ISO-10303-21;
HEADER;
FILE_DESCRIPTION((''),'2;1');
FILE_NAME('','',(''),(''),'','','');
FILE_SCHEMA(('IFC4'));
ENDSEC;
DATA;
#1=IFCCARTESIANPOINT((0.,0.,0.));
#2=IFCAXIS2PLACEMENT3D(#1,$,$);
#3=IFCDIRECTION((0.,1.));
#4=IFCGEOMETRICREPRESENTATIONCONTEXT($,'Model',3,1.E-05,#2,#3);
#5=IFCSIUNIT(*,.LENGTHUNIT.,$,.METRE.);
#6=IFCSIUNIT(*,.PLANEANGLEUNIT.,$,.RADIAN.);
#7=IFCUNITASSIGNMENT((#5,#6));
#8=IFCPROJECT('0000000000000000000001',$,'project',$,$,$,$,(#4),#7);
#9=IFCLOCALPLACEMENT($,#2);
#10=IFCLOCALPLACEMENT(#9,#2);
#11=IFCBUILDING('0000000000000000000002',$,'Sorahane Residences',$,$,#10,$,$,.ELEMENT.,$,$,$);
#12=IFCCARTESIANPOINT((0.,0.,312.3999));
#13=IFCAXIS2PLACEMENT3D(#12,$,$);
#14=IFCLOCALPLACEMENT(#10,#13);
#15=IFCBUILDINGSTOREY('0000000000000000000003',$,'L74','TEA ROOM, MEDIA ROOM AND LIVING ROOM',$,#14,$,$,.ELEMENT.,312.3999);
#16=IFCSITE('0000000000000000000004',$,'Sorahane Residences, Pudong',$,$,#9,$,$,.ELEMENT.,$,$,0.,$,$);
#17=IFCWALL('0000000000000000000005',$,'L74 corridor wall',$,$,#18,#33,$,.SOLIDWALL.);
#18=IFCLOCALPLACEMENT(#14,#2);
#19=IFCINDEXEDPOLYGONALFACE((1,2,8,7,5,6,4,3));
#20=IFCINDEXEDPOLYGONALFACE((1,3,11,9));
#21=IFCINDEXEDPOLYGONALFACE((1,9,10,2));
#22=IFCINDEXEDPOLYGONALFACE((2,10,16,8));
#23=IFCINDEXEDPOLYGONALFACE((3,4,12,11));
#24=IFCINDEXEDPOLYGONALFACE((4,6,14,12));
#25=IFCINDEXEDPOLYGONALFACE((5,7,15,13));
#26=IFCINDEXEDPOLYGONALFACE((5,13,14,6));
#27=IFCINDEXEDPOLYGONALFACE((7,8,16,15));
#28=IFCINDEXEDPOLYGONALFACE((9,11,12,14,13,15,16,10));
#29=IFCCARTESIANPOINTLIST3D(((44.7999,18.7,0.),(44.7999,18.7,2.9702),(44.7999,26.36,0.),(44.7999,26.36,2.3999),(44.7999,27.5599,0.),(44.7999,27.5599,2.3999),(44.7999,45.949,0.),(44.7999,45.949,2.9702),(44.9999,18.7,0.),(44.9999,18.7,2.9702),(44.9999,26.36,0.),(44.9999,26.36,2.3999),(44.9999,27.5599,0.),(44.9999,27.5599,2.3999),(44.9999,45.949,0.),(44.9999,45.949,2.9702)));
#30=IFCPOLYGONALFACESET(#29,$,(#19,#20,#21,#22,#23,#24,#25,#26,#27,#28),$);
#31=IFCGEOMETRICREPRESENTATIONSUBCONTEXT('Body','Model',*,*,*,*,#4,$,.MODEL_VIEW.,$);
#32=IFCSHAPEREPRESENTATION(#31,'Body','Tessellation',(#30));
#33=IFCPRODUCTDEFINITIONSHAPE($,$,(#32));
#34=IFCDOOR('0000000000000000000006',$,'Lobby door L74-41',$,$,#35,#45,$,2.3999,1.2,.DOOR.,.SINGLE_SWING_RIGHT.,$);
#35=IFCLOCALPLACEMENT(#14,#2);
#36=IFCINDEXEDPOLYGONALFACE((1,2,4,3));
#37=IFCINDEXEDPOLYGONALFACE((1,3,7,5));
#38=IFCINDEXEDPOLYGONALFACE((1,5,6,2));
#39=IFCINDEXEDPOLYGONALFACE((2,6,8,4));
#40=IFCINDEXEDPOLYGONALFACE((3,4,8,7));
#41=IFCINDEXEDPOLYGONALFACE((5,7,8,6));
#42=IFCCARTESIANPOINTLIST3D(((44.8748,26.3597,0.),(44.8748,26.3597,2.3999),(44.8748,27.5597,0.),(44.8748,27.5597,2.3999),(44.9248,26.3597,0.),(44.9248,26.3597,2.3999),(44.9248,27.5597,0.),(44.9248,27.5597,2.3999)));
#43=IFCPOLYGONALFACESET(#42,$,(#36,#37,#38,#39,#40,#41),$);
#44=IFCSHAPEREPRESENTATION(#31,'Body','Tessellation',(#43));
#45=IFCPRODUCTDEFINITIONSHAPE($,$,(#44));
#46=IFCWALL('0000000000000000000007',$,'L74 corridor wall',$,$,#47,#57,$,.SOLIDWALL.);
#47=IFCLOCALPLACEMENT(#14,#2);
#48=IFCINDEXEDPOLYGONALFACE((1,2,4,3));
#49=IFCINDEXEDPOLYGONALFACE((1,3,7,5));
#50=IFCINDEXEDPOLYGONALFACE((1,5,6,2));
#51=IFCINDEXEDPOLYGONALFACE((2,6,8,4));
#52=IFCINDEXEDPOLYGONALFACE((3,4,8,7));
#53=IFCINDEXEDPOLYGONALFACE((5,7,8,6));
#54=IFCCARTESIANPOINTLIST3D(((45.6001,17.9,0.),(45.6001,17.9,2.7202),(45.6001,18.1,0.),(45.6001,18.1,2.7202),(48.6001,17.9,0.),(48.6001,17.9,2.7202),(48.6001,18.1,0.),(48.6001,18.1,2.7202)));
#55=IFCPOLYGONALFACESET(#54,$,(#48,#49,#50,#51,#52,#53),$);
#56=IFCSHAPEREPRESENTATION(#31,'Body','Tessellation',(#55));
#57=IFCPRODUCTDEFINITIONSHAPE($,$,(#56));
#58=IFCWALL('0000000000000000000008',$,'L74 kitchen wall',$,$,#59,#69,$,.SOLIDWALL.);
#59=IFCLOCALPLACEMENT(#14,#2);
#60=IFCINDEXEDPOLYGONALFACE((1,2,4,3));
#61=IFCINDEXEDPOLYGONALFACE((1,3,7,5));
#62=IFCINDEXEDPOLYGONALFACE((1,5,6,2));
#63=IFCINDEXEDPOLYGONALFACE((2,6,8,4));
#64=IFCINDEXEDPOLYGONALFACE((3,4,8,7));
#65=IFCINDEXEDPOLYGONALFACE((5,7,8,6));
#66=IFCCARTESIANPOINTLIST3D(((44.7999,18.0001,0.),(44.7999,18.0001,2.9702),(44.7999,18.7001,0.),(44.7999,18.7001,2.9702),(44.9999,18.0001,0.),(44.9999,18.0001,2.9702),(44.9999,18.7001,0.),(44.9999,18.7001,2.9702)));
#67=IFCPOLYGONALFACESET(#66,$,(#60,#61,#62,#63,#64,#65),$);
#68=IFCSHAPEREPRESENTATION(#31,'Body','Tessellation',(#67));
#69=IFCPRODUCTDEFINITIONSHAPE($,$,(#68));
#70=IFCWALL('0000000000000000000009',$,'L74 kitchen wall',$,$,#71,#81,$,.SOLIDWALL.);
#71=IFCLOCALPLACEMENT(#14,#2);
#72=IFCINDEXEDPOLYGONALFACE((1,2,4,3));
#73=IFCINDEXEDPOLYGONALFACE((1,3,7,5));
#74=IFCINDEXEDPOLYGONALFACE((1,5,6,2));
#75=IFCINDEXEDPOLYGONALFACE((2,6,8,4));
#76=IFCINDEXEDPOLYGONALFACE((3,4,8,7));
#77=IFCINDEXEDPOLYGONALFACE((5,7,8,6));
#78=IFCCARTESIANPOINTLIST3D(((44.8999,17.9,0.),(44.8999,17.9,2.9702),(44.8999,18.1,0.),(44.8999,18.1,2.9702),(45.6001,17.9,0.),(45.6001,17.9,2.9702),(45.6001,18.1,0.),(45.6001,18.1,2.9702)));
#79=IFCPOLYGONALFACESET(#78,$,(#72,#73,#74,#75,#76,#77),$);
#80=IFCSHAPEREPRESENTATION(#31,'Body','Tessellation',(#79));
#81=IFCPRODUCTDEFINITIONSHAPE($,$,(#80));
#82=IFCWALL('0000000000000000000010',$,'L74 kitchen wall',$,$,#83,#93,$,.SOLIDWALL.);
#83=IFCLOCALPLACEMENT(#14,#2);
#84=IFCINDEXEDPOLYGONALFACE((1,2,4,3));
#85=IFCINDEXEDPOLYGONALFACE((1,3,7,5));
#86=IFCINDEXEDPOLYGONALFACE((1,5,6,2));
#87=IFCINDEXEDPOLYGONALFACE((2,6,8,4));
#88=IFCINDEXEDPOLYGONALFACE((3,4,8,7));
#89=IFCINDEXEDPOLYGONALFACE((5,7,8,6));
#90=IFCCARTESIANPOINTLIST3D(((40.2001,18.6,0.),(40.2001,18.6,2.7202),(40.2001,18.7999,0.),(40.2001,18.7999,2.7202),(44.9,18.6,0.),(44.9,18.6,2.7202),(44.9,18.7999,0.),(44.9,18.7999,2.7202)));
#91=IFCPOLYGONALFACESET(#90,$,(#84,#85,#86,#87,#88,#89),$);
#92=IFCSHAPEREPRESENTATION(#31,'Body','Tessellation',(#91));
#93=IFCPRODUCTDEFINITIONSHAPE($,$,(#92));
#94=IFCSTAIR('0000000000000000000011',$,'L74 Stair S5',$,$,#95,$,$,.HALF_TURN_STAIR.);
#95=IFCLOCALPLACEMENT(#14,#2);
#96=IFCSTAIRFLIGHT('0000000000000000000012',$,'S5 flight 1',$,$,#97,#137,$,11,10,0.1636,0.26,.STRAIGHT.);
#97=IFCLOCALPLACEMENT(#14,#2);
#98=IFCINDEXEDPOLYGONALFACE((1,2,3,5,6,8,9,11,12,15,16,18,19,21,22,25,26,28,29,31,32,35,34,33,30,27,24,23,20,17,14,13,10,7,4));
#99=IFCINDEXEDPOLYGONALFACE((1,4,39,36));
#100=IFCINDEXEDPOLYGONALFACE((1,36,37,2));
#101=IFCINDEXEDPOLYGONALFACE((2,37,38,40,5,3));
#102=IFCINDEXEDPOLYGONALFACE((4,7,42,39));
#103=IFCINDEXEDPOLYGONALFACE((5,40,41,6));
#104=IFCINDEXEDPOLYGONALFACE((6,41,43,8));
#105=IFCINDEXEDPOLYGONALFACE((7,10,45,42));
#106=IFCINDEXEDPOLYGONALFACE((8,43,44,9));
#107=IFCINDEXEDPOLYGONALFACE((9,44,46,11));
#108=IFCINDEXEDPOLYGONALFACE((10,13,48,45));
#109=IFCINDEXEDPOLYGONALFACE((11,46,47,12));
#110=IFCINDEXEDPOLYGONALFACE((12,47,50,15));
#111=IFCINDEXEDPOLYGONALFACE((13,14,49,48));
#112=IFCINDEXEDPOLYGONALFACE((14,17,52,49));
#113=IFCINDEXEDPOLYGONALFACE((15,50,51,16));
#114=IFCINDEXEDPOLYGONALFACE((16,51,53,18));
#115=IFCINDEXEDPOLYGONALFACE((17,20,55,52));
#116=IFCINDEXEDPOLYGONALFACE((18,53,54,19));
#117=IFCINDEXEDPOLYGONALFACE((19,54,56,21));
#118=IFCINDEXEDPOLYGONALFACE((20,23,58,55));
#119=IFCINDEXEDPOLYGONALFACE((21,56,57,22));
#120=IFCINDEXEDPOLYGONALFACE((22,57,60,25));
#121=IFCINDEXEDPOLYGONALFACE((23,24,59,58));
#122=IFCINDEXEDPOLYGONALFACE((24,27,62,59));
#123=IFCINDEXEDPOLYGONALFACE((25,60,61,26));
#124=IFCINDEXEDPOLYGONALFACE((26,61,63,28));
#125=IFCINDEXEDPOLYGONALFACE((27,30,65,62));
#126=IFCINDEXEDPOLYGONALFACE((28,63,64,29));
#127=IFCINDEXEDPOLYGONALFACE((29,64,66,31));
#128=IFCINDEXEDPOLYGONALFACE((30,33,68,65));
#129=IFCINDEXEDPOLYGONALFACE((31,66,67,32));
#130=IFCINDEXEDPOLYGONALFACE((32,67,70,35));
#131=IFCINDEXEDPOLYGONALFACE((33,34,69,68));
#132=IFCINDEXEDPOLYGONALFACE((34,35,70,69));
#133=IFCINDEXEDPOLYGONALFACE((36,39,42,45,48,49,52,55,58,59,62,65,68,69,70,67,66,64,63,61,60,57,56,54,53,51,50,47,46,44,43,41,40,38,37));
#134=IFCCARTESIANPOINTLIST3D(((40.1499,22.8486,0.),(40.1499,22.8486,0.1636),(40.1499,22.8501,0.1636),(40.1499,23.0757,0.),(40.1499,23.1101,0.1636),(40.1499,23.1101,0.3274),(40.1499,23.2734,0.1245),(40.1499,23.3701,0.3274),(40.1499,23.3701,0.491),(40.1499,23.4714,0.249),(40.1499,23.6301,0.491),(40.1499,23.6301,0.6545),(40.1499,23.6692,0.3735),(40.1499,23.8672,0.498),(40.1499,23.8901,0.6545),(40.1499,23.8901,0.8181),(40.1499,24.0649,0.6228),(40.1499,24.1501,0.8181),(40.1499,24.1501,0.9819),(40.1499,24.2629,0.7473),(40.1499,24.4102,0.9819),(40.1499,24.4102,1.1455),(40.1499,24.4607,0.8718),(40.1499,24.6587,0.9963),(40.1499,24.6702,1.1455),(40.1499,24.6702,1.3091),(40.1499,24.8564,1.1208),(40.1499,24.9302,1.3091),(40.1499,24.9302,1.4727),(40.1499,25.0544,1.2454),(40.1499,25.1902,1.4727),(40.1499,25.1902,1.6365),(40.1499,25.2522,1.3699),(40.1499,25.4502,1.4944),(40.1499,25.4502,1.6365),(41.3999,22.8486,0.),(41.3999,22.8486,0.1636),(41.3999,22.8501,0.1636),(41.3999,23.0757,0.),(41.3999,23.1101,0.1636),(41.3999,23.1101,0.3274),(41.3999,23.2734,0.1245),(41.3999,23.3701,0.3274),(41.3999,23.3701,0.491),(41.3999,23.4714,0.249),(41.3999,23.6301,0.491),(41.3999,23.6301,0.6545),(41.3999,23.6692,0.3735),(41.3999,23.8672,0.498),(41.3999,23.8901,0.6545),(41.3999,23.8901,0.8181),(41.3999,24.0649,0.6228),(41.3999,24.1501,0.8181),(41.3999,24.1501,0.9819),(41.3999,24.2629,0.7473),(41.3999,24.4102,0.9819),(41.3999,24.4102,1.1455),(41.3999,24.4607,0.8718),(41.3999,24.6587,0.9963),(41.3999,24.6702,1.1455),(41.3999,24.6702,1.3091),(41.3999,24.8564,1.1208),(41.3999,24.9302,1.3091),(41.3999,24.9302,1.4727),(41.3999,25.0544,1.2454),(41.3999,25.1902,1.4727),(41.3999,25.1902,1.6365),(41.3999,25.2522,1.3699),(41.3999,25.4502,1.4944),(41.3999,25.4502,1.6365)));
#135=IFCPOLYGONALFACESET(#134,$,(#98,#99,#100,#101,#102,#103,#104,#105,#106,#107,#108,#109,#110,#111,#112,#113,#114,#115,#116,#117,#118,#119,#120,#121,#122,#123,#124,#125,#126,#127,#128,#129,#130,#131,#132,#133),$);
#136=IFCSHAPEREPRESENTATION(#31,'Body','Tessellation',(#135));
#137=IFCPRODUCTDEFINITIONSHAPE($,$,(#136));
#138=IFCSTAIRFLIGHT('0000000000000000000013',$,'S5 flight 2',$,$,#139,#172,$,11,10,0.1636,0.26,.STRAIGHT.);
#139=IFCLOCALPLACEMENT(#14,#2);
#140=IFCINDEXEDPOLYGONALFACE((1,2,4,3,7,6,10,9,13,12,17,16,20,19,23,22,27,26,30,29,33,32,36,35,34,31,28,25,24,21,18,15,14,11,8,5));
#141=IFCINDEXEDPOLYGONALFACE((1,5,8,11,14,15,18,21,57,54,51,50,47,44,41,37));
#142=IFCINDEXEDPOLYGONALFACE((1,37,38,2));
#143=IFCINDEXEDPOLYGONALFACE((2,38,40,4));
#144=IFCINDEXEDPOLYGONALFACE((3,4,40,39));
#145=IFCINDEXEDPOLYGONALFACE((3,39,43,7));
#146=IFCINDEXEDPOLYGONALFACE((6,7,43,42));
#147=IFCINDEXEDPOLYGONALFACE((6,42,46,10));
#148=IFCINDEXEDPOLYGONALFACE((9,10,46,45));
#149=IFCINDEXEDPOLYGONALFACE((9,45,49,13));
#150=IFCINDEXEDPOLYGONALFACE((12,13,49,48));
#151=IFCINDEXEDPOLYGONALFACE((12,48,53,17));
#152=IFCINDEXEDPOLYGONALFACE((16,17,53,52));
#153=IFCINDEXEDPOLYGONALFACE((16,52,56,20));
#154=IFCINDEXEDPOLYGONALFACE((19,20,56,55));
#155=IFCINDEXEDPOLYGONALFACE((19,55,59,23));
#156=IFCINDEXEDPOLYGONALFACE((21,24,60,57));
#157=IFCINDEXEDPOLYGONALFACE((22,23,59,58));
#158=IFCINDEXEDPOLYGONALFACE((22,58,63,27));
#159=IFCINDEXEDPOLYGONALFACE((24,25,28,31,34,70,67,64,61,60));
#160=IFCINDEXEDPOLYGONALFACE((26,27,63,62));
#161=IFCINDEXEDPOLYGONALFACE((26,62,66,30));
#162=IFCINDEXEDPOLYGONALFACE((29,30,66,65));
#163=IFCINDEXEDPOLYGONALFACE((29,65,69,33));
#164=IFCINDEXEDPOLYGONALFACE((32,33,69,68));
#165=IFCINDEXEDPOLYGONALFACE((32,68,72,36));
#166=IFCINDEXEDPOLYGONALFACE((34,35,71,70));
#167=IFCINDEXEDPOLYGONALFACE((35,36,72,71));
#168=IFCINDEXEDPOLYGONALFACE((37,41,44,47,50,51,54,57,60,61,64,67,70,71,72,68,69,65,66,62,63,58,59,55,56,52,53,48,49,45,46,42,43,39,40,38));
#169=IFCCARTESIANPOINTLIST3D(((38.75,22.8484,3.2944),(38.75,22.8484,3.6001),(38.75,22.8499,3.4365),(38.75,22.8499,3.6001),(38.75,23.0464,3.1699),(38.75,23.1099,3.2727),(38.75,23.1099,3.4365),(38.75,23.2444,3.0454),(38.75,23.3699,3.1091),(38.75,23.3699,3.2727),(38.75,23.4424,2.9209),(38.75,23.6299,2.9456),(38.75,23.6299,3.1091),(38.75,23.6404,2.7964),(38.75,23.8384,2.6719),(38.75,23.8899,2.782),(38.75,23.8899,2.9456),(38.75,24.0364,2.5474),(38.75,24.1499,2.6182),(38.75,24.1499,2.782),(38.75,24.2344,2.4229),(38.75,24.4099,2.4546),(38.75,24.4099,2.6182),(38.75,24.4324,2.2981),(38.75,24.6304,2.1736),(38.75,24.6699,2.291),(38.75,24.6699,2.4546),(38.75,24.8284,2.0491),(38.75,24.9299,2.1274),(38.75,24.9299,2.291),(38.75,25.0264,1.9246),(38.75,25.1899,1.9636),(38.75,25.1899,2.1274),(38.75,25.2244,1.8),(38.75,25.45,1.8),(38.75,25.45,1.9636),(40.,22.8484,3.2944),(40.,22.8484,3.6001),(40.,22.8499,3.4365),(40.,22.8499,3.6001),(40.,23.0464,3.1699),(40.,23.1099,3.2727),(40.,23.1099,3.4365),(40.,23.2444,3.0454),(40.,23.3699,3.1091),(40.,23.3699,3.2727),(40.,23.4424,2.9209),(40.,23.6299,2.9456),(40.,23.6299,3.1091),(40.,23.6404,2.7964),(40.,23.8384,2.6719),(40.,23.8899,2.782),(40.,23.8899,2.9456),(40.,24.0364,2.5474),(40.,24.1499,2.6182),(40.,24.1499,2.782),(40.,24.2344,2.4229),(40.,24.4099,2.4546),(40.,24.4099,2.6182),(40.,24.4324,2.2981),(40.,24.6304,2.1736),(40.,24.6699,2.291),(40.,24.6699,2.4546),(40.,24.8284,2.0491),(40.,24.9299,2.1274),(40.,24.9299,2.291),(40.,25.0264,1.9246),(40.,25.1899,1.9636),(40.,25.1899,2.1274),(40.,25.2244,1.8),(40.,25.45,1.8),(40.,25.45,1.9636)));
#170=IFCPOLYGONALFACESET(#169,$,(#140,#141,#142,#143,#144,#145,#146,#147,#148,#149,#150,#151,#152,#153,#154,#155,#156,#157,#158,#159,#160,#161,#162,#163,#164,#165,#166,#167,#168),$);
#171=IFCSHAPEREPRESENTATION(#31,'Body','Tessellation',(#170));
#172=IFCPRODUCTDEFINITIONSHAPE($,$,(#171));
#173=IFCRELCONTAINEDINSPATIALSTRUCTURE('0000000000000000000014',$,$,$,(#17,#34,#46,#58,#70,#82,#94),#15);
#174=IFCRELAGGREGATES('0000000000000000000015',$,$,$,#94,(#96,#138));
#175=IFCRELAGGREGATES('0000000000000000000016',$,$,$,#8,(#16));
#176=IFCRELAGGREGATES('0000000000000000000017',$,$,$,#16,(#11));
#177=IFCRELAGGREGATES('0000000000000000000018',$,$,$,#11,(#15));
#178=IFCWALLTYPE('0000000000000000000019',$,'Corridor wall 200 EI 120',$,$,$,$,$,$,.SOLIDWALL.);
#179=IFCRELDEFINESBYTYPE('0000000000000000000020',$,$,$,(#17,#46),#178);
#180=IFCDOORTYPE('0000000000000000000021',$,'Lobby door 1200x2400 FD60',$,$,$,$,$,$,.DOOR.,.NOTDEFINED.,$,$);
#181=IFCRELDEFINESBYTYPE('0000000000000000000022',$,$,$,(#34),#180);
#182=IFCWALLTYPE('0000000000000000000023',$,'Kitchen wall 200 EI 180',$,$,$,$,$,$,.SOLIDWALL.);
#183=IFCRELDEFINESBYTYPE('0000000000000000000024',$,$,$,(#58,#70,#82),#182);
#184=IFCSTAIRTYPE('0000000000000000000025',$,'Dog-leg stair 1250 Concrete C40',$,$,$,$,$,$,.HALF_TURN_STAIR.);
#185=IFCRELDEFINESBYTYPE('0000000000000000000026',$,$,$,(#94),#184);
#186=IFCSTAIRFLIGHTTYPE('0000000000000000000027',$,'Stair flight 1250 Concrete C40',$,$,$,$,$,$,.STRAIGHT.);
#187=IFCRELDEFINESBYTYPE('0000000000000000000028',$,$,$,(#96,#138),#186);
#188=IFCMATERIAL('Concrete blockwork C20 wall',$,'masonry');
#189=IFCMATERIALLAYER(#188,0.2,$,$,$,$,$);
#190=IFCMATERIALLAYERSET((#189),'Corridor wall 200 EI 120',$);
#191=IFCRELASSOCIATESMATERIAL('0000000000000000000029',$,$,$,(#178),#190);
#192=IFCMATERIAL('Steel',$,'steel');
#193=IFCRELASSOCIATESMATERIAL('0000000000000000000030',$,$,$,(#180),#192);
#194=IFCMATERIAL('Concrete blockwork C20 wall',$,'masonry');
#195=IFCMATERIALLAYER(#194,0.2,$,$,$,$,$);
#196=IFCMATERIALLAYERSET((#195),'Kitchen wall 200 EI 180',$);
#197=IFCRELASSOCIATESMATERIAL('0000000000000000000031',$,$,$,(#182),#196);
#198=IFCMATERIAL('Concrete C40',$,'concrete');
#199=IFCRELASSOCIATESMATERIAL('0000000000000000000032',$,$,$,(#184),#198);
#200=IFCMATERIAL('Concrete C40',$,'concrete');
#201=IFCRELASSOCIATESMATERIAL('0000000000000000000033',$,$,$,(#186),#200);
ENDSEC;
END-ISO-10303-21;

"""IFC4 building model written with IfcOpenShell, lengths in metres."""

from ifc_helpers import new_model, si_unit, direction, frame, frame_2d, origin, place, context, subcontext, project, spatial, polyline, rectangle, outline, extrude, material, layer, layer_set, type_object, element, fill, aggregate, save


model = new_model("IFC4")

# Units and contexts
model_context = context("Model", 3, precision=1e-05, world=origin(), true_north=direction((0.0, 1.0)))
body_context = subcontext(model_context, "Body", "Model", "MODEL_VIEW")
ifc_project = project(units=[si_unit("LENGTHUNIT", "METRE"), si_unit("PLANEANGLEUNIT", "RADIAN")], contexts=[model_context])

# Site, building, storey
site_placement = place(None, origin())
site = spatial("IfcSite", under=ifc_project, at=site_placement, Name="Sorahane Residences, Pudong", CompositionType="ELEMENT", RefElevation=0.0)
building_placement = place(site_placement, origin())
building = spatial("IfcBuilding", under=site, at=building_placement, Name="Sorahane Residences", CompositionType="ELEMENT")
storey_placement = place(building_placement, frame((0.0, 0.0, 312.3999)))
storey = spatial("IfcBuildingStorey", under=building, at=storey_placement, Name="L74", Description="TEA ROOM, MEDIA ROOM AND LIVING ROOM", CompositionType="ELEMENT", Elevation=312.3999)

# Wall, opening, door
ifc_material_1 = material(Name="Concrete blockwork C20 wall", Category="masonry")
ifc_layer_1 = layer(ifc_material_1, 0.2)
ifc_layer_set_1 = layer_set([ifc_layer_1], Name="Corridor wall 200 EI 120")
wall_type_1 = type_object("IfcWallType", Name="Corridor wall 200 EI 120", PredefinedType="SOLIDWALL", material=ifc_layer_set_1)
wall_1_placement = place(storey_placement, frame((44.8999, 18.7, 0.0), z_axis=(0.0, 0.0, 1.0), x_axis=(0.0, 1.0, 0.0)))
wall_1 = element("IfcWall", 1, at=wall_1_placement, inside=storey, type_object=wall_type_1, Name="L74 corridor wall", PredefinedType="SOLIDWALL", context=body_context, shape_type="SweptSolid", body=[
    extrude(rectangle(XDim=27.249, YDim=0.2, at=frame_2d((13.6245, 0.0))), origin(), (0.0, 0.0, 1.0), 2.9702),
])
opening_placement = place(wall_1_placement, frame((7.6599, 0.0, 0.0)))
opening = element("IfcOpeningElement", 2, at=opening_placement, cuts=wall_1, PredefinedType="OPENING", context=body_context, shape_type="SweptSolid", body=[
    extrude(rectangle(XDim=1.2, YDim=2.3999, at=frame_2d((0.6001, 1.2))), frame((0.0, 0.1099, 0.0), z_axis=(0.0, -1.0, 0.0), x_axis=(1.0, 0.0, 0.0)), (0.0, 0.0, 1.0), 0.22),
])
ifc_material_2 = material(Name="Steel", Category="steel")
door_type = type_object("IfcDoorType", Name="Lobby door 1200x2400 FD60", OperationType="NOTDEFINED", PredefinedType="DOOR", material=ifc_material_2)
door_placement = place(opening_placement, frame((1.2, 0.0, 0.0), z_axis=(0.0, 0.0, 1.0), x_axis=(-1.0, 0.0, 0.0)))
door = element("IfcDoor", 3, at=door_placement, inside=storey, type_object=door_type, Name="Lobby door L74-41", OperationType="SINGLE_SWING_RIGHT", OverallHeight=2.3999, OverallWidth=1.2, PredefinedType="DOOR", context=body_context, shape_type="SweptSolid", body=[
    extrude(rectangle(XDim=1.2, YDim=2.3999, at=frame_2d((0.6001, 1.2))), frame((0.0, 0.0249, 0.0), z_axis=(0.0, -1.0, 0.0), x_axis=(1.0, 0.0, 0.0)), (0.0, 0.0, 1.0), 0.05),
])
fill(opening, door)

# Walls
wall_2_placement = place(storey_placement, frame((45.6001, 18.0, 0.0), z_axis=(0.0, 0.0, 1.0), x_axis=(1.0, 0.0, 0.0)))
element("IfcWall", 4, at=wall_2_placement, inside=storey, type_object=wall_type_1, Name="L74 corridor wall", PredefinedType="SOLIDWALL", context=body_context, shape_type="SweptSolid", body=[
    extrude(rectangle(XDim=3.0, YDim=0.2, at=frame_2d((1.5, 0.0))), origin(), (0.0, 0.0, 1.0), 2.7202),
])
ifc_material_3 = material(Name="Concrete blockwork C20 wall", Category="masonry")
ifc_layer_2 = layer(ifc_material_3, 0.2)
ifc_layer_set_2 = layer_set([ifc_layer_2], Name="Kitchen wall 200 EI 180")
wall_type_2 = type_object("IfcWallType", Name="Kitchen wall 200 EI 180", PredefinedType="SOLIDWALL", material=ifc_layer_set_2)
wall_3_placement = place(storey_placement, frame((44.8999, 18.0, 0.0), z_axis=(0.0, 0.0, 1.0), x_axis=(0.0, 1.0, 0.0)))
element("IfcWall", 5, at=wall_3_placement, inside=storey, type_object=wall_type_2, Name="L74 kitchen wall", PredefinedType="SOLIDWALL", context=body_context, shape_type="SweptSolid", body=[
    extrude(rectangle(XDim=0.7, YDim=0.2, at=frame_2d((0.3501, 0.0))), origin(), (0.0, 0.0, 1.0), 2.9702),
])
wall_4_placement = place(storey_placement, frame((44.8999, 18.0, 0.0), z_axis=(0.0, 0.0, 1.0), x_axis=(1.0, 0.0, 0.0)))
element("IfcWall", 6, at=wall_4_placement, inside=storey, type_object=wall_type_2, Name="L74 kitchen wall", PredefinedType="SOLIDWALL", context=body_context, shape_type="SweptSolid", body=[
    extrude(rectangle(XDim=0.7002, YDim=0.2, at=frame_2d((0.3501, 0.0))), origin(), (0.0, 0.0, 1.0), 2.9702),
])
wall_5_placement = place(storey_placement, frame((40.2, 18.7, 0.0), z_axis=(0.0, 0.0, 1.0), x_axis=(1.0, 0.0, 0.0)))
element("IfcWall", 7, at=wall_5_placement, inside=storey, type_object=wall_type_2, Name="L74 kitchen wall", PredefinedType="SOLIDWALL", context=body_context, shape_type="SweptSolid", body=[
    extrude(rectangle(XDim=4.7, YDim=0.2, at=frame_2d((2.3501, 0.0))), origin(), (0.0, 0.0, 1.0), 2.7202),
])

# Stair, stair flights
ifc_material_4 = material(Name="Concrete C40", Category="concrete")
stair_type = type_object("IfcStairType", Name="Dog-leg stair 1250 Concrete C40", PredefinedType="HALF_TURN_STAIR", material=ifc_material_4)
stair_placement = place(storey_placement, origin())
stair = element("IfcStair", 8, at=stair_placement, inside=storey, type_object=stair_type, Name="L74 Stair S5", PredefinedType="HALF_TURN_STAIR")
ifc_material_5 = material(Name="Concrete C40", Category="concrete")
stair_flight_type = type_object("IfcStairFlightType", Name="Stair flight 1250 Concrete C40", PredefinedType="STRAIGHT", material=ifc_material_5)
stair_flight_1_placement = place(storey_placement, frame((40.7749, 22.8501, 0.0), z_axis=(0.0, 0.0, 1.0), x_axis=(0.0, 1.0, 0.0)))
stair_flight_1 = element("IfcStairFlight", 9, at=stair_flight_1_placement, type_object=stair_flight_type, Name="S5 flight 1", NumberOfRisers=11, NumberOfTreads=10, PredefinedType="STRAIGHT", RiserHeight=0.1636, TreadLength=0.26, context=body_context, shape_type="SweptSolid", body=[
    extrude(outline(polyline([(-0.0015, 0.0), (-0.0015, 0.1636), (0.0, 0.1636), (0.26, 0.1636), (0.26, 0.3274), (0.52, 0.3274), (0.52, 0.491), (0.78, 0.491), (0.78, 0.6545), (1.04, 0.6545), (1.04, 0.8181), (1.3, 0.8181), (1.3, 0.9819), (1.5601, 0.9819), (1.5601, 1.1455), (1.8201, 1.1455), (1.8201, 1.3091), (2.0801, 1.3091), (2.0801, 1.4727), (2.3401, 1.4727), (2.3401, 1.6365), (2.6001, 1.6365), (2.6001, 1.8), (2.6001, 1.4944), (2.4021, 1.3699), (2.2043, 1.2454), (2.0063, 1.1208), (1.8086, 0.9963), (1.6106, 0.8718), (1.4128, 0.7473), (1.2148, 0.6228), (1.0171, 0.498), (0.8191, 0.3735), (0.6213, 0.249), (0.4233, 0.1245), (0.2256, 0.0), (-0.0015, 0.0)])), frame((0.0, 0.625, 0.0), z_axis=(0.0, -1.0, 0.0), x_axis=(1.0, 0.0, 0.0)), (0.0, 0.0, 1.0), 1.25),
])
stair_flight_2_placement = place(storey_placement, frame((39.375, 25.45, 1.8), z_axis=(0.0, 0.0, 1.0), x_axis=(0.0, -1.0, 0.0)))
stair_flight_2 = element("IfcStairFlight", 10, at=stair_flight_2_placement, type_object=stair_flight_type, Name="S5 flight 2", NumberOfRisers=11, NumberOfTreads=10, PredefinedType="STRAIGHT", RiserHeight=0.1636, TreadLength=0.26, context=body_context, shape_type="SweptSolid", body=[
    extrude(outline(polyline([(0.0, 0.0), (0.0, 0.1636), (0.26, 0.1636), (0.26, 0.3274), (0.52, 0.3274), (0.52, 0.491), (0.78, 0.491), (0.78, 0.6545), (1.04, 0.6545), (1.04, 0.8181), (1.3, 0.8181), (1.3, 0.9819), (1.5601, 0.9819), (1.5601, 1.1455), (1.8201, 1.1455), (1.8201, 1.3091), (2.0801, 1.3091), (2.0801, 1.4727), (2.3401, 1.4727), (2.3401, 1.6365), (2.6001, 1.6365), (2.6001, 1.8), (2.6016, 1.8), (2.6016, 1.4944), (2.4036, 1.3699), (2.2056, 1.2454), (2.0076, 1.1208), (1.8096, 0.9963), (1.6116, 0.8718), (1.4136, 0.7473), (1.2156, 0.6228), (1.0176, 0.498), (0.8196, 0.3735), (0.6216, 0.249), (0.4236, 0.1245), (0.2256, 0.0), (0.0, 0.0)])), frame((0.0, 0.625, 0.0), z_axis=(0.0, -1.0, 0.0), x_axis=(1.0, 0.0, 0.0)), (0.0, 0.0, 1.0), 1.25),
])
aggregate(stair, [stair_flight_1, stair_flight_2])

save(model, "model.ifc")
